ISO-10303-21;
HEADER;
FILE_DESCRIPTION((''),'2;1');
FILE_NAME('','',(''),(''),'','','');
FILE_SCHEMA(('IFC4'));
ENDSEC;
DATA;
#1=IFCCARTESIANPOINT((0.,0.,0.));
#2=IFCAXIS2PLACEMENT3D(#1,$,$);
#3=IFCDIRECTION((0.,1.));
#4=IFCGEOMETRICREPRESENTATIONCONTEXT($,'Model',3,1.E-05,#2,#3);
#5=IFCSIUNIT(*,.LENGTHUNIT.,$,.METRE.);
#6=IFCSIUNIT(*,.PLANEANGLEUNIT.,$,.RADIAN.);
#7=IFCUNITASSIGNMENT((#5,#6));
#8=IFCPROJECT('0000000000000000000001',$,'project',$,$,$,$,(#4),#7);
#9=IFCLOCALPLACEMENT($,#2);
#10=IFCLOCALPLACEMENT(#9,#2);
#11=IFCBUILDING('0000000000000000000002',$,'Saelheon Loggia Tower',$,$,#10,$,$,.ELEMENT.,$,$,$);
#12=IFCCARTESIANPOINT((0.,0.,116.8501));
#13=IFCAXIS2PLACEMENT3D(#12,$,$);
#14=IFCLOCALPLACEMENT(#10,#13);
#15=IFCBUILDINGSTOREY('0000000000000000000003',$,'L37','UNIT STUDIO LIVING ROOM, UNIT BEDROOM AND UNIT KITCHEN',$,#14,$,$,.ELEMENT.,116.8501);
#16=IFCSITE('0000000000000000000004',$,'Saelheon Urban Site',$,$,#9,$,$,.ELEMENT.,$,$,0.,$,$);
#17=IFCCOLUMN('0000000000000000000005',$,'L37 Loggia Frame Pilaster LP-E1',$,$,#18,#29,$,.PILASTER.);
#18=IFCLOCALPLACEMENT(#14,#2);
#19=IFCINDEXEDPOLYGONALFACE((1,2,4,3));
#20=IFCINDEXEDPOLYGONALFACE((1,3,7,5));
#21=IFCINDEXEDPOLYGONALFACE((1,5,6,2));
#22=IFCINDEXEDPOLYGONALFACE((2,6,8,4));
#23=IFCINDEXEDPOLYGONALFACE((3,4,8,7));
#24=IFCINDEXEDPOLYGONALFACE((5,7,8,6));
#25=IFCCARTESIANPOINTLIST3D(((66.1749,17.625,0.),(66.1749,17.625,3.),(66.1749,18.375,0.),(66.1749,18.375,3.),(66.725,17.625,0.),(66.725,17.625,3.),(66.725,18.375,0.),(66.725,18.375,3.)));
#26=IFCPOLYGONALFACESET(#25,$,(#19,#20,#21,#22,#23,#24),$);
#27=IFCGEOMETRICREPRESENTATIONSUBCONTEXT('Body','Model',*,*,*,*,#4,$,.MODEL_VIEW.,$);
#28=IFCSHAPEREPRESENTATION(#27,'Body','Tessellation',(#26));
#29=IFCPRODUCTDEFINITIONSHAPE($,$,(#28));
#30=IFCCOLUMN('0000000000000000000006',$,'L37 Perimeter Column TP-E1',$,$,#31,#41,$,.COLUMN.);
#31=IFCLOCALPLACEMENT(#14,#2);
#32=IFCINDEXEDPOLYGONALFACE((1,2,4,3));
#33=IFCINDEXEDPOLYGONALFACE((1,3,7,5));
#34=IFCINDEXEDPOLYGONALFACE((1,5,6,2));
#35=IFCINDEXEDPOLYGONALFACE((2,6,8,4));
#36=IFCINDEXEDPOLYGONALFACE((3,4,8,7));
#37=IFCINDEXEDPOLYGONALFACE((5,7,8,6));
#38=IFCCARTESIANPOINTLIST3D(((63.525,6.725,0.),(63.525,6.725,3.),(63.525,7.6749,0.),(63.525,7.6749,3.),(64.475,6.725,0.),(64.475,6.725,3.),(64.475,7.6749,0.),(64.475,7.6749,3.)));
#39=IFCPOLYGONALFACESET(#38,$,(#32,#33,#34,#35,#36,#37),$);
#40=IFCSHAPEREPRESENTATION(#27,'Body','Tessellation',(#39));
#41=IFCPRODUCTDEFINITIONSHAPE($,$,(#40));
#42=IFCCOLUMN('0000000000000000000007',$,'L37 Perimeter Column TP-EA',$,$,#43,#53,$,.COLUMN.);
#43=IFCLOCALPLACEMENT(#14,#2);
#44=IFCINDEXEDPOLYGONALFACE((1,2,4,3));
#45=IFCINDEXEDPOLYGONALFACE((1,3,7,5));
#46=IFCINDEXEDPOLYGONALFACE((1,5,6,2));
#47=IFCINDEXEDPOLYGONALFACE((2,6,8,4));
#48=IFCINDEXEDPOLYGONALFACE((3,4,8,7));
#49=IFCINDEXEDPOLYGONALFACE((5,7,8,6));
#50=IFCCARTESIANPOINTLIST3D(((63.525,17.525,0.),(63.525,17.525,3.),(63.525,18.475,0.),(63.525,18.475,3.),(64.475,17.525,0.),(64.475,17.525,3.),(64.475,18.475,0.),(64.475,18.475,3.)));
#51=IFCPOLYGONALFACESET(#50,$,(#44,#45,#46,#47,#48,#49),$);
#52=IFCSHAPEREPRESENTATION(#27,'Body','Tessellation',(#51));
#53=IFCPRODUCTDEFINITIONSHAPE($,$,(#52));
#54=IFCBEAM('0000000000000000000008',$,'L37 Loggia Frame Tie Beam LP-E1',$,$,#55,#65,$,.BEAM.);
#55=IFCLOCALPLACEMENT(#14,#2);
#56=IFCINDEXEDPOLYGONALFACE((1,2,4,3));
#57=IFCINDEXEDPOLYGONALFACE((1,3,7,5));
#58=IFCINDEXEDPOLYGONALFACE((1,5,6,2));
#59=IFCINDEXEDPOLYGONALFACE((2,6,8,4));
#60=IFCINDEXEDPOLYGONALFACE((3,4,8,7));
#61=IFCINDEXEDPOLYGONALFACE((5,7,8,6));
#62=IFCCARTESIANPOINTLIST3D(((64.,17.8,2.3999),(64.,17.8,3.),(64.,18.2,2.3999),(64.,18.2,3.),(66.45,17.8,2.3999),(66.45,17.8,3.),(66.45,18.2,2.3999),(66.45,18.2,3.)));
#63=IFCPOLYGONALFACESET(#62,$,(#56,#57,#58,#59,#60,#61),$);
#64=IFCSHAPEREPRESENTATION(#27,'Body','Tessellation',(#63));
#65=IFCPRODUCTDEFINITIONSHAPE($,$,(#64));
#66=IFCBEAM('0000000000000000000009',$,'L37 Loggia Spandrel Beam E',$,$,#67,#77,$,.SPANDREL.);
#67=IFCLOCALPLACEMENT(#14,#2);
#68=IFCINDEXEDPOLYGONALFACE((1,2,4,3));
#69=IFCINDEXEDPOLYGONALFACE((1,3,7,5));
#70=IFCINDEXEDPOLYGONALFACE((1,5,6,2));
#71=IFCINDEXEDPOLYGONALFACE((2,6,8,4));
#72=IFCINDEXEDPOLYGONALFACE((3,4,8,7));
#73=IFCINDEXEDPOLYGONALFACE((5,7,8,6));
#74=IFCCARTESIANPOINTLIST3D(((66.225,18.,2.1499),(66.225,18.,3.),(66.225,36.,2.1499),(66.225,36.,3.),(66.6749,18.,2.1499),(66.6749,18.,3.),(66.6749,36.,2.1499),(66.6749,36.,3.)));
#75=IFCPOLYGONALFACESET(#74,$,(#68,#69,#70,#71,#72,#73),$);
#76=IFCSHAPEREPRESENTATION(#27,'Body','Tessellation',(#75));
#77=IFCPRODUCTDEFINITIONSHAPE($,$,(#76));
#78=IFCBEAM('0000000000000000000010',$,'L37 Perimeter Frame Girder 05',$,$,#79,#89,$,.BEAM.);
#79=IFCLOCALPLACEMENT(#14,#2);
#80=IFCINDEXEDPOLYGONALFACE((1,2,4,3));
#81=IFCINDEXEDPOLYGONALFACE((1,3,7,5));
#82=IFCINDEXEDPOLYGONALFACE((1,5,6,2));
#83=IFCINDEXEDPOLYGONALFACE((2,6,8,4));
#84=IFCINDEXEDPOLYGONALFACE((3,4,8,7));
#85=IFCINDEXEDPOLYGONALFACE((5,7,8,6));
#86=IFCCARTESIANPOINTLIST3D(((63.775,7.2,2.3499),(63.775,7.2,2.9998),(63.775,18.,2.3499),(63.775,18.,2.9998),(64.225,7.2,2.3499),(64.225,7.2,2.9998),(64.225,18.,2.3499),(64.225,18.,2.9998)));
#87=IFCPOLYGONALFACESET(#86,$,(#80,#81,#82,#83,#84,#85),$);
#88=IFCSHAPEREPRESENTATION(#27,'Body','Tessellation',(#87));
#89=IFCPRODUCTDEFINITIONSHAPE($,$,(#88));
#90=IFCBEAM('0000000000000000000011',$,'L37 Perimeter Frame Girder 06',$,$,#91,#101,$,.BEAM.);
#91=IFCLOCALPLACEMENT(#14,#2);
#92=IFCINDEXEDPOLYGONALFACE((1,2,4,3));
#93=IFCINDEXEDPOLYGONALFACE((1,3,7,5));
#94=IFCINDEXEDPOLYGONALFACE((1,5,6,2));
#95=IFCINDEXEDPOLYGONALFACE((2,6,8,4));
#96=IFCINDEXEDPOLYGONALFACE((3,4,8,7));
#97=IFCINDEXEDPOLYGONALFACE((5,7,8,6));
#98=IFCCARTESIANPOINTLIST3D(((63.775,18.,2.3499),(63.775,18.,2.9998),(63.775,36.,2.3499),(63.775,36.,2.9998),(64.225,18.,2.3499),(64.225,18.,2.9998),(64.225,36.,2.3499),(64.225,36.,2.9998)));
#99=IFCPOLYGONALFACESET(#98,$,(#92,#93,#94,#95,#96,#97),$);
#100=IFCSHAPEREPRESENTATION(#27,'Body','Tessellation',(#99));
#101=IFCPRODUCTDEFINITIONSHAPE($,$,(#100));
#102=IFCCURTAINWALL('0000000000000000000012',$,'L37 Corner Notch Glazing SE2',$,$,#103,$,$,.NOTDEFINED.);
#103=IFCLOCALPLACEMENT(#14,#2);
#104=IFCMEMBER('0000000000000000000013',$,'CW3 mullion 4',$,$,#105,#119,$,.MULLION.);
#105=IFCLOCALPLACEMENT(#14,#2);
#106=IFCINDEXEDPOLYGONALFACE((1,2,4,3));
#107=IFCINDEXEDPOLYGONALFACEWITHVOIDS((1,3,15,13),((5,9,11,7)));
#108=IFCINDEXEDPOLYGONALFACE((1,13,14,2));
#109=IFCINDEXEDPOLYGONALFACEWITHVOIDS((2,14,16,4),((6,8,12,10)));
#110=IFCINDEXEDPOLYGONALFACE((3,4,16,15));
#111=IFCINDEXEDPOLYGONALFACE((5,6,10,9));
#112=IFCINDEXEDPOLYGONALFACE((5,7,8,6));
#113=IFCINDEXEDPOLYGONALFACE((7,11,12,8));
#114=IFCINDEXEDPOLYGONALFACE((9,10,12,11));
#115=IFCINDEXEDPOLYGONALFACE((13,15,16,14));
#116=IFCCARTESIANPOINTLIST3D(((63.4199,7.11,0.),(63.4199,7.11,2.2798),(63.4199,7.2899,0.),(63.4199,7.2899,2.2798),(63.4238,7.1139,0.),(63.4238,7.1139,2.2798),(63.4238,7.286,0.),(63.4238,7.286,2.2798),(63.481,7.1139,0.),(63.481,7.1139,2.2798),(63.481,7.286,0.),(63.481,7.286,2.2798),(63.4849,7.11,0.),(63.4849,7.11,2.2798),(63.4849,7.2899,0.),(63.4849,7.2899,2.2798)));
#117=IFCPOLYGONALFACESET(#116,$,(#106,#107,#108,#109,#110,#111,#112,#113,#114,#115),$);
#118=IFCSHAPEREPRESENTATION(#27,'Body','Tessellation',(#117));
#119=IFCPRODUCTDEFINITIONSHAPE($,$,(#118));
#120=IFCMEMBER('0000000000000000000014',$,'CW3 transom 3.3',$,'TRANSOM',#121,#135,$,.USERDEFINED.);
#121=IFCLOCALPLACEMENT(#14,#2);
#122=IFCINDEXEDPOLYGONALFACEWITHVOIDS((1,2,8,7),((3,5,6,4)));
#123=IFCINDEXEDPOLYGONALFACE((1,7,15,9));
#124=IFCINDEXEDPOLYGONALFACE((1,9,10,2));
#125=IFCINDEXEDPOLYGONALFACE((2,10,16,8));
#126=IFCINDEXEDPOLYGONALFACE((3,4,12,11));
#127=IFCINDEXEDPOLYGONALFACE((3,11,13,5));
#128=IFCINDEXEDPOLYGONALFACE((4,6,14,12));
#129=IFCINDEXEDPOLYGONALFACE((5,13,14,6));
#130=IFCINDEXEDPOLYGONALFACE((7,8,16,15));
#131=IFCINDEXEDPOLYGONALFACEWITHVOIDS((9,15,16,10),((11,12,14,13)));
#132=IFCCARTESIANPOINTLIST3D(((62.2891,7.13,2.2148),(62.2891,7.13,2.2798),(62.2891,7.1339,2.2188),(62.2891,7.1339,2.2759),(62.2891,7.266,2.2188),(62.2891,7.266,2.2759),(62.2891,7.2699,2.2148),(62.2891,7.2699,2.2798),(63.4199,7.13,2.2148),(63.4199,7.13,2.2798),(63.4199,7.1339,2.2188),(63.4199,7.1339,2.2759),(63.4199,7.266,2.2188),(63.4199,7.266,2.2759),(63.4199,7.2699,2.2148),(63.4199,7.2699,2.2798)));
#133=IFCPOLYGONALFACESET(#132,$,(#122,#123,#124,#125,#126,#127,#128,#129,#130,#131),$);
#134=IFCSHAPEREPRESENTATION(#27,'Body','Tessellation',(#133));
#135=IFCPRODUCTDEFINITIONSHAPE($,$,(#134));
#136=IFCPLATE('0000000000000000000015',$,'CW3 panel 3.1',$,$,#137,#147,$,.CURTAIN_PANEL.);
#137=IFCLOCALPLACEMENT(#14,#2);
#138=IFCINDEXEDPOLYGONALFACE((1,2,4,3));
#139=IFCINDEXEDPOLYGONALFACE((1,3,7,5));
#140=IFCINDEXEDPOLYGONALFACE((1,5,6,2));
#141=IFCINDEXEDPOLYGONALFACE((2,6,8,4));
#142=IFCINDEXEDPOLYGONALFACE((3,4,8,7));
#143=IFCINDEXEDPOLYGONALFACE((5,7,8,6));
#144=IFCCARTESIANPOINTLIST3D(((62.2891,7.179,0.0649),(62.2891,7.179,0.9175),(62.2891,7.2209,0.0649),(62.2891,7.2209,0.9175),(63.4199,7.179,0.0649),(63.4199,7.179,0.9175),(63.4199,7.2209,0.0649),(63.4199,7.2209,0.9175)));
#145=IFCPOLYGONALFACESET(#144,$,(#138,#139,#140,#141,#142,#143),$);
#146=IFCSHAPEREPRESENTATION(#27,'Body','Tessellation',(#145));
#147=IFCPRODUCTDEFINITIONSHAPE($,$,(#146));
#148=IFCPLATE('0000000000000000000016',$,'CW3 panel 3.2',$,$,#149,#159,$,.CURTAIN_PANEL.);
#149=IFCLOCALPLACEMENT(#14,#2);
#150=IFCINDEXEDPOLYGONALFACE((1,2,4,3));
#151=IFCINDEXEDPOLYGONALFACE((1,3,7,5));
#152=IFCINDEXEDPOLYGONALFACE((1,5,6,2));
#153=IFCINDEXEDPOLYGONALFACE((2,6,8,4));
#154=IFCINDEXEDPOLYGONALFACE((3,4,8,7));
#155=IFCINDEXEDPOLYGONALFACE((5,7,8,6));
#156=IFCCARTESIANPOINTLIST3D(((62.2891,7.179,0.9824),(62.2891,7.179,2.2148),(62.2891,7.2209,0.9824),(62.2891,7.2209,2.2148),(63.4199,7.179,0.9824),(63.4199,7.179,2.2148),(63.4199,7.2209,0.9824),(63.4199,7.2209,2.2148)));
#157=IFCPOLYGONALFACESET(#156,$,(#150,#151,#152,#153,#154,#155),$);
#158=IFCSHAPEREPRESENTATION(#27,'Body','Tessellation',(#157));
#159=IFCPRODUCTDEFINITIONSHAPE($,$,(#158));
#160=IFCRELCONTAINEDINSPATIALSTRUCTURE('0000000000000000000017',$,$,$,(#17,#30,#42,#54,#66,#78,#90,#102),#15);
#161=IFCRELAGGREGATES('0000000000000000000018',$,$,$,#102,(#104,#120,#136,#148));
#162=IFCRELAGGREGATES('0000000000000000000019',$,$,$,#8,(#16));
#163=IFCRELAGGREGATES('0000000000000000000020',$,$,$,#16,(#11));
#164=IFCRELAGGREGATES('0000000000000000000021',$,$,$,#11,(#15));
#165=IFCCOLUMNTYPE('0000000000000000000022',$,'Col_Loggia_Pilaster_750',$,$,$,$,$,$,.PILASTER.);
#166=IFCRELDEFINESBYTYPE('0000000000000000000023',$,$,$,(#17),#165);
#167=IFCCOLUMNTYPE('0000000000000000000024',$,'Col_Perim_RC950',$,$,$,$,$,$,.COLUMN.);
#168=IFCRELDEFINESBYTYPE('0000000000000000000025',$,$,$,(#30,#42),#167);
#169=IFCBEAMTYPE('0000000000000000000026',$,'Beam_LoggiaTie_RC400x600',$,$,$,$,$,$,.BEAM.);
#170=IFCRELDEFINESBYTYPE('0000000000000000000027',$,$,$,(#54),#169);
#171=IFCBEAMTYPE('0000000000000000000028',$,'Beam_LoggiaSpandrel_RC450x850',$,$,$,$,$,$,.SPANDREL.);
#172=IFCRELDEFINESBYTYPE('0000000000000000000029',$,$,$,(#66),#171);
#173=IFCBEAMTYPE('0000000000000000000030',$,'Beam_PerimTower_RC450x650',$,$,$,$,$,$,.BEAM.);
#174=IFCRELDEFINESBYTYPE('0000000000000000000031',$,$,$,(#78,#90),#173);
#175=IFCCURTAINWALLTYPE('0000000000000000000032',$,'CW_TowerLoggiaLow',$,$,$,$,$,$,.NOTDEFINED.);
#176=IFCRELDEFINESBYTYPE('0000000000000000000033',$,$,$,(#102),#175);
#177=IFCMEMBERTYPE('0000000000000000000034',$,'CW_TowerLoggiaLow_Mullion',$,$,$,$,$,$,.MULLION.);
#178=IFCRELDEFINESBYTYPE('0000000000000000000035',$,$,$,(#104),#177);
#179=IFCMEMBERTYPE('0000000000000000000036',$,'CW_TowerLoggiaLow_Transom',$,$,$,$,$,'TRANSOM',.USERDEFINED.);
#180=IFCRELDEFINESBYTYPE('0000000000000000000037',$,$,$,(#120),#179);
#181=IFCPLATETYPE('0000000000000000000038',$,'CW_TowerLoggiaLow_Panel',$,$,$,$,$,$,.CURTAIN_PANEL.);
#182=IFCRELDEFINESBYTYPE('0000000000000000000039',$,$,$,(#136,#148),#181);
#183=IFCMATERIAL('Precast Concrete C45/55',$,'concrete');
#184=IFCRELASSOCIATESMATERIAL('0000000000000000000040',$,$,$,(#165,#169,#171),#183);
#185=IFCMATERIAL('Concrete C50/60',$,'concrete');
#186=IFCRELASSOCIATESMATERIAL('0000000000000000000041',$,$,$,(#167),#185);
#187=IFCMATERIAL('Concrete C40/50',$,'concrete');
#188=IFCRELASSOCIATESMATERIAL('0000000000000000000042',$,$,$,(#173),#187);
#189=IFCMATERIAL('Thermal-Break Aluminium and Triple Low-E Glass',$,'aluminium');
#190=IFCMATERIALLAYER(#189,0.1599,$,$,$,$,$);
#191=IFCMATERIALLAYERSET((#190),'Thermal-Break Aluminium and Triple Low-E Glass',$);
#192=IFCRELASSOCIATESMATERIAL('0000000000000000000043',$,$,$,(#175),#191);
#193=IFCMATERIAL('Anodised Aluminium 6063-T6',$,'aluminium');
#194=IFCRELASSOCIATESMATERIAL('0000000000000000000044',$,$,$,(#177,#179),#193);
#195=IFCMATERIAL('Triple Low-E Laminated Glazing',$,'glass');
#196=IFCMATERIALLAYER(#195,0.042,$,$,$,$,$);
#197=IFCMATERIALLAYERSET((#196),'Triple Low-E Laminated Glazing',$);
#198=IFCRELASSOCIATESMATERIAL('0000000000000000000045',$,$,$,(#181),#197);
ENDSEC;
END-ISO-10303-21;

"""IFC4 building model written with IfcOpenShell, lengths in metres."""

from ifc_helpers import new_model, si_unit, direction, frame, origin, origin_2d, place, context, subcontext, project, spatial, rectangle, hollow_rectangle, extrude, source, transform, mapped, material, layer, layer_set, material_profile, profile_set, type_object, element, aggregate, save


model = new_model("IFC4")

# Units and contexts
model_context = context("Model", 3, precision=1e-05, world=origin(), true_north=direction((0.0, 1.0)))
body_context = subcontext(model_context, "Body", "Model", "MODEL_VIEW")
ifc_project = project(units=[si_unit("LENGTHUNIT", "METRE"), si_unit("PLANEANGLEUNIT", "RADIAN")], contexts=[model_context])

# Site, building, storey
site_placement = place(None, origin())
site = spatial("IfcSite", under=ifc_project, at=site_placement, Name="Saelheon Urban Site", CompositionType="ELEMENT", RefElevation=0.0)
building_placement = place(site_placement, origin())
building = spatial("IfcBuilding", under=site, at=building_placement, Name="Saelheon Loggia Tower", CompositionType="ELEMENT")
storey_placement = place(building_placement, frame((0.0, 0.0, 116.8501)))
storey = spatial("IfcBuildingStorey", under=building, at=storey_placement, Name="L37", Description="UNIT STUDIO LIVING ROOM, UNIT BEDROOM AND UNIT KITCHEN", CompositionType="ELEMENT", Elevation=116.8501)

# Columns
ifc_material_1 = material(Name="Precast Concrete C45/55", Category="concrete")
ifc_material_profile_1 = material_profile(ifc_material_1, rectangle(XDim=0.55, YDim=0.75, at=origin_2d()), Name="RC-550x750")
ifc_profile_set_1 = profile_set([ifc_material_profile_1], Name="Precast Concrete C45/55")
column_type_1 = type_object("IfcColumnType", Name="Col_Loggia_Pilaster_750", PredefinedType="PILASTER", material=ifc_profile_set_1)
shared_shape_1 = source(origin(), body_context, "Body", "SweptSolid", [
    extrude(rectangle(XDim=0.55, YDim=0.75, at=origin_2d()), origin(), (0.0, 0.0, 1.0), 3.0),
])
column_placement = place(storey_placement, frame((66.45, 18.0, 0.0), z_axis=(0.0, 0.0, 1.0), x_axis=(1.0, 0.0, 0.0)))
element("IfcColumn", 1, at=column_placement, inside=storey, type_object=column_type_1, Name="L37 Loggia Frame Pilaster LP-E1", PredefinedType="PILASTER", context=body_context, shape_type="MappedRepresentation", body=[
    mapped(shared_shape_1, transform((0.0, 0.0, 0.0), scale=1.0)),
])
ifc_material_2 = material(Name="Concrete C50/60", Category="concrete")
ifc_material_profile_2 = material_profile(ifc_material_2, rectangle(XDim=0.95, YDim=0.95, at=origin_2d()), Name="RC-950x950")
ifc_profile_set_2 = profile_set([ifc_material_profile_2], Name="Concrete C50/60")
column_type_2 = type_object("IfcColumnType", Name="Col_Perim_RC950", PredefinedType="COLUMN", material=ifc_profile_set_2)
shared_shape_2 = source(origin(), body_context, "Body", "SweptSolid", [
    extrude(rectangle(XDim=0.95, YDim=0.95, at=origin_2d()), origin(), (0.0, 0.0, 1.0), 3.0),
])
for number, where, z_axis, x_axis, name in (
    (2, (64.0, 7.2, 0.0), (0.0, 0.0, 1.0), (1.0, 0.0, 0.0), "L37 Perimeter Column TP-E1"),
    (3, (64.0, 18.0, 0.0), (0.0, 0.0, 1.0), (1.0, 0.0, 0.0), "L37 Perimeter Column TP-EA"),
):
    element("IfcColumn", number, at=place(storey_placement, frame(where, z_axis=z_axis, x_axis=x_axis)), inside=storey, type_object=column_type_2, Name=name, PredefinedType="COLUMN", context=body_context, shape_type="MappedRepresentation", body=[
        mapped(shared_shape_2, transform((0.0, 0.0, 0.0), scale=1.0)),
    ])

# Beams
ifc_material_profile_3 = material_profile(ifc_material_1, rectangle(XDim=0.3999, YDim=0.6001, at=origin_2d()), Name="RC-400x600")
ifc_profile_set_3 = profile_set([ifc_material_profile_3], Name="Precast Concrete C45/55")
beam_type_1 = type_object("IfcBeamType", Name="Beam_LoggiaTie_RC400x600", PredefinedType="BEAM", material=ifc_profile_set_3)
shared_shape_3 = source(origin(), body_context, "Body", "SweptSolid", [
    extrude(rectangle(XDim=0.3999, YDim=0.6001, at=origin_2d()), origin(), (0.0, 0.0, 1.0), 2.45),
])
beam_1_placement = place(storey_placement, frame((64.0, 18.0, 2.7), z_axis=(1.0, 0.0, 0.0), x_axis=(0.0, 1.0, 0.0)))
element("IfcBeam", 4, at=beam_1_placement, inside=storey, type_object=beam_type_1, Name="L37 Loggia Frame Tie Beam LP-E1", PredefinedType="BEAM", context=body_context, shape_type="MappedRepresentation", body=[
    mapped(shared_shape_3, transform((0.0, 0.0, 0.0), scale=1.0)),
])
ifc_material_profile_4 = material_profile(ifc_material_1, rectangle(XDim=0.45, YDim=0.8501, at=origin_2d()), Name="RC-450x850")
ifc_profile_set_4 = profile_set([ifc_material_profile_4], Name="Precast Concrete C45/55")
beam_type_2 = type_object("IfcBeamType", Name="Beam_LoggiaSpandrel_RC450x850", PredefinedType="SPANDREL", material=ifc_profile_set_4)
shared_shape_4 = source(origin(), body_context, "Body", "SweptSolid", [
    extrude(rectangle(XDim=0.45, YDim=0.8501, at=origin_2d()), origin(), (0.0, 0.0, 1.0), 18.0),
])
beam_2_placement = place(storey_placement, frame((66.45, 18.0, 2.575), z_axis=(0.0, 1.0, 0.0), x_axis=(-1.0, 0.0, 0.0)))
element("IfcBeam", 5, at=beam_2_placement, inside=storey, type_object=beam_type_2, Name="L37 Loggia Spandrel Beam E", PredefinedType="SPANDREL", context=body_context, shape_type="MappedRepresentation", body=[
    mapped(shared_shape_4, transform((0.0, 0.0, 0.0), scale=1.0)),
])
ifc_material_3 = material(Name="Concrete C40/50", Category="concrete")
ifc_material_profile_5 = material_profile(ifc_material_3, rectangle(XDim=0.45, YDim=0.6499, at=origin_2d()), Name="RC-450x650")
ifc_profile_set_5 = profile_set([ifc_material_profile_5], Name="Concrete C40/50")
beam_type_3 = type_object("IfcBeamType", Name="Beam_PerimTower_RC450x650", PredefinedType="BEAM", material=ifc_profile_set_5)
shared_shape_5 = source(origin(), body_context, "Body", "SweptSolid", [
    extrude(rectangle(XDim=0.45, YDim=0.6499, at=origin_2d()), origin(), (0.0, 0.0, 1.0), 10.8),
])
beam_3_placement = place(storey_placement, frame((64.0, 7.2, 2.6748), z_axis=(0.0, 1.0, 0.0), x_axis=(-1.0, 0.0, 0.0)))
element("IfcBeam", 6, at=beam_3_placement, inside=storey, type_object=beam_type_3, Name="L37 Perimeter Frame Girder 05", PredefinedType="BEAM", context=body_context, shape_type="MappedRepresentation", body=[
    mapped(shared_shape_5, transform((0.0, 0.0, 0.0), scale=1.0)),
])
shared_shape_6 = source(origin(), body_context, "Body", "SweptSolid", [
    extrude(rectangle(XDim=0.45, YDim=0.6499, at=origin_2d()), origin(), (0.0, 0.0, 1.0), 18.0),
])
beam_4_placement = place(storey_placement, frame((64.0, 18.0, 2.6748), z_axis=(0.0, 1.0, 0.0), x_axis=(-1.0, 0.0, 0.0)))
element("IfcBeam", 7, at=beam_4_placement, inside=storey, type_object=beam_type_3, Name="L37 Perimeter Frame Girder 06", PredefinedType="BEAM", context=body_context, shape_type="MappedRepresentation", body=[
    mapped(shared_shape_6, transform((0.0, 0.0, 0.0), scale=1.0)),
])

# Curtain wall, members, plates
ifc_material_4 = material(Name="Thermal-Break Aluminium and Triple Low-E Glass", Category="aluminium")
ifc_layer_1 = layer(ifc_material_4, 0.1599)
ifc_layer_set_1 = layer_set([ifc_layer_1], Name="Thermal-Break Aluminium and Triple Low-E Glass")
curtain_wall_type = type_object("IfcCurtainWallType", Name="CW_TowerLoggiaLow", PredefinedType="NOTDEFINED", material=ifc_layer_set_1)
curtain_wall_placement = place(storey_placement, origin())
curtain_wall = element("IfcCurtainWall", 8, at=curtain_wall_placement, inside=storey, type_object=curtain_wall_type, Name="L37 Corner Notch Glazing SE2", PredefinedType="NOTDEFINED")
ifc_material_5 = material(Name="Anodised Aluminium 6063-T6", Category="aluminium")
ifc_material_profile_6 = material_profile(ifc_material_5, hollow_rectangle(XDim=0.0649, YDim=0.1799, WallThickness=0.0039, at=origin_2d()), Name="RHS-180x65x4")
ifc_profile_set_6 = profile_set([ifc_material_profile_6], Name="Anodised Aluminium 6063-T6")
member_type_1 = type_object("IfcMemberType", Name="CW_TowerLoggiaLow_Mullion", PredefinedType="MULLION", material=ifc_profile_set_6)
shared_shape_7 = source(origin(), body_context, "Body", "SweptSolid", [
    extrude(hollow_rectangle(XDim=0.0649, YDim=0.1799, WallThickness=0.0039, at=origin_2d()), origin(), (0.0, 0.0, 1.0), 2.2798),
])
member_1_placement = place(storey_placement, frame((63.4524, 7.2, 0.0), z_axis=(0.0, 0.0, 1.0), x_axis=(1.0, 0.0, 0.0)))
member_1 = element("IfcMember", 9, at=member_1_placement, type_object=member_type_1, Name="CW3 mullion 4", PredefinedType="MULLION", context=body_context, shape_type="MappedRepresentation", body=[
    mapped(shared_shape_7, transform((0.0, 0.0, 0.0), scale=1.0)),
])
ifc_material_profile_7 = material_profile(ifc_material_5, hollow_rectangle(XDim=0.0649, YDim=0.1399, WallThickness=0.0039, at=origin_2d()), Name="RHS-140x65x4")
ifc_profile_set_7 = profile_set([ifc_material_profile_7], Name="Anodised Aluminium 6063-T6")
member_type_2 = type_object("IfcMemberType", Name="CW_TowerLoggiaLow_Transom", ElementType="TRANSOM", PredefinedType="USERDEFINED", material=ifc_profile_set_7)
shared_shape_8 = source(origin(), body_context, "Body", "SweptSolid", [
    extrude(hollow_rectangle(XDim=0.0649, YDim=0.1399, WallThickness=0.0039, at=origin_2d()), origin(), (0.0, 0.0, 1.0), 1.1309),
])
member_2_placement = place(storey_placement, frame((62.2891, 7.2, 2.2473), z_axis=(1.0, 0.0, 0.0), x_axis=(0.0, 0.0, 1.0)))
member_2 = element("IfcMember", 10, at=member_2_placement, type_object=member_type_2, Name="CW3 transom 3.3", ObjectType="TRANSOM", PredefinedType="USERDEFINED", context=body_context, shape_type="MappedRepresentation", body=[
    mapped(shared_shape_8, transform((0.0, 0.0, 0.0), scale=1.0)),
])
ifc_material_6 = material(Name="Triple Low-E Laminated Glazing", Category="glass")
ifc_layer_2 = layer(ifc_material_6, 0.042)
ifc_layer_set_2 = layer_set([ifc_layer_2], Name="Triple Low-E Laminated Glazing")
plate_type = type_object("IfcPlateType", Name="CW_TowerLoggiaLow_Panel", PredefinedType="CURTAIN_PANEL", material=ifc_layer_set_2)
shared_shape_9 = source(origin(), body_context, "Body", "SweptSolid", [
    extrude(rectangle(XDim=1.1309, YDim=0.042, at=origin_2d()), origin(), (0.0, 0.0, 1.0), 0.8525),
])
plate_1_placement = place(storey_placement, frame((62.8545, 7.2, 0.0649), z_axis=(0.0, 0.0, 1.0), x_axis=(1.0, 0.0, 0.0)))
plate_1 = element("IfcPlate", 11, at=plate_1_placement, type_object=plate_type, Name="CW3 panel 3.1", PredefinedType="CURTAIN_PANEL", context=body_context, shape_type="MappedRepresentation", body=[
    mapped(shared_shape_9, transform((0.0, 0.0, 0.0), scale=1.0)),
])
shared_shape_10 = source(origin(), body_context, "Body", "SweptSolid", [
    extrude(rectangle(XDim=1.1309, YDim=0.042, at=origin_2d()), origin(), (0.0, 0.0, 1.0), 1.2324),
])
plate_2_placement = place(storey_placement, frame((62.8545, 7.2, 0.9824), z_axis=(0.0, 0.0, 1.0), x_axis=(1.0, 0.0, 0.0)))
plate_2 = element("IfcPlate", 12, at=plate_2_placement, type_object=plate_type, Name="CW3 panel 3.2", PredefinedType="CURTAIN_PANEL", context=body_context, shape_type="MappedRepresentation", body=[
    mapped(shared_shape_10, transform((0.0, 0.0, 0.0), scale=1.0)),
])
aggregate(curtain_wall, [member_1, member_2, plate_1, plate_2])

save(model, "model.ifc")
